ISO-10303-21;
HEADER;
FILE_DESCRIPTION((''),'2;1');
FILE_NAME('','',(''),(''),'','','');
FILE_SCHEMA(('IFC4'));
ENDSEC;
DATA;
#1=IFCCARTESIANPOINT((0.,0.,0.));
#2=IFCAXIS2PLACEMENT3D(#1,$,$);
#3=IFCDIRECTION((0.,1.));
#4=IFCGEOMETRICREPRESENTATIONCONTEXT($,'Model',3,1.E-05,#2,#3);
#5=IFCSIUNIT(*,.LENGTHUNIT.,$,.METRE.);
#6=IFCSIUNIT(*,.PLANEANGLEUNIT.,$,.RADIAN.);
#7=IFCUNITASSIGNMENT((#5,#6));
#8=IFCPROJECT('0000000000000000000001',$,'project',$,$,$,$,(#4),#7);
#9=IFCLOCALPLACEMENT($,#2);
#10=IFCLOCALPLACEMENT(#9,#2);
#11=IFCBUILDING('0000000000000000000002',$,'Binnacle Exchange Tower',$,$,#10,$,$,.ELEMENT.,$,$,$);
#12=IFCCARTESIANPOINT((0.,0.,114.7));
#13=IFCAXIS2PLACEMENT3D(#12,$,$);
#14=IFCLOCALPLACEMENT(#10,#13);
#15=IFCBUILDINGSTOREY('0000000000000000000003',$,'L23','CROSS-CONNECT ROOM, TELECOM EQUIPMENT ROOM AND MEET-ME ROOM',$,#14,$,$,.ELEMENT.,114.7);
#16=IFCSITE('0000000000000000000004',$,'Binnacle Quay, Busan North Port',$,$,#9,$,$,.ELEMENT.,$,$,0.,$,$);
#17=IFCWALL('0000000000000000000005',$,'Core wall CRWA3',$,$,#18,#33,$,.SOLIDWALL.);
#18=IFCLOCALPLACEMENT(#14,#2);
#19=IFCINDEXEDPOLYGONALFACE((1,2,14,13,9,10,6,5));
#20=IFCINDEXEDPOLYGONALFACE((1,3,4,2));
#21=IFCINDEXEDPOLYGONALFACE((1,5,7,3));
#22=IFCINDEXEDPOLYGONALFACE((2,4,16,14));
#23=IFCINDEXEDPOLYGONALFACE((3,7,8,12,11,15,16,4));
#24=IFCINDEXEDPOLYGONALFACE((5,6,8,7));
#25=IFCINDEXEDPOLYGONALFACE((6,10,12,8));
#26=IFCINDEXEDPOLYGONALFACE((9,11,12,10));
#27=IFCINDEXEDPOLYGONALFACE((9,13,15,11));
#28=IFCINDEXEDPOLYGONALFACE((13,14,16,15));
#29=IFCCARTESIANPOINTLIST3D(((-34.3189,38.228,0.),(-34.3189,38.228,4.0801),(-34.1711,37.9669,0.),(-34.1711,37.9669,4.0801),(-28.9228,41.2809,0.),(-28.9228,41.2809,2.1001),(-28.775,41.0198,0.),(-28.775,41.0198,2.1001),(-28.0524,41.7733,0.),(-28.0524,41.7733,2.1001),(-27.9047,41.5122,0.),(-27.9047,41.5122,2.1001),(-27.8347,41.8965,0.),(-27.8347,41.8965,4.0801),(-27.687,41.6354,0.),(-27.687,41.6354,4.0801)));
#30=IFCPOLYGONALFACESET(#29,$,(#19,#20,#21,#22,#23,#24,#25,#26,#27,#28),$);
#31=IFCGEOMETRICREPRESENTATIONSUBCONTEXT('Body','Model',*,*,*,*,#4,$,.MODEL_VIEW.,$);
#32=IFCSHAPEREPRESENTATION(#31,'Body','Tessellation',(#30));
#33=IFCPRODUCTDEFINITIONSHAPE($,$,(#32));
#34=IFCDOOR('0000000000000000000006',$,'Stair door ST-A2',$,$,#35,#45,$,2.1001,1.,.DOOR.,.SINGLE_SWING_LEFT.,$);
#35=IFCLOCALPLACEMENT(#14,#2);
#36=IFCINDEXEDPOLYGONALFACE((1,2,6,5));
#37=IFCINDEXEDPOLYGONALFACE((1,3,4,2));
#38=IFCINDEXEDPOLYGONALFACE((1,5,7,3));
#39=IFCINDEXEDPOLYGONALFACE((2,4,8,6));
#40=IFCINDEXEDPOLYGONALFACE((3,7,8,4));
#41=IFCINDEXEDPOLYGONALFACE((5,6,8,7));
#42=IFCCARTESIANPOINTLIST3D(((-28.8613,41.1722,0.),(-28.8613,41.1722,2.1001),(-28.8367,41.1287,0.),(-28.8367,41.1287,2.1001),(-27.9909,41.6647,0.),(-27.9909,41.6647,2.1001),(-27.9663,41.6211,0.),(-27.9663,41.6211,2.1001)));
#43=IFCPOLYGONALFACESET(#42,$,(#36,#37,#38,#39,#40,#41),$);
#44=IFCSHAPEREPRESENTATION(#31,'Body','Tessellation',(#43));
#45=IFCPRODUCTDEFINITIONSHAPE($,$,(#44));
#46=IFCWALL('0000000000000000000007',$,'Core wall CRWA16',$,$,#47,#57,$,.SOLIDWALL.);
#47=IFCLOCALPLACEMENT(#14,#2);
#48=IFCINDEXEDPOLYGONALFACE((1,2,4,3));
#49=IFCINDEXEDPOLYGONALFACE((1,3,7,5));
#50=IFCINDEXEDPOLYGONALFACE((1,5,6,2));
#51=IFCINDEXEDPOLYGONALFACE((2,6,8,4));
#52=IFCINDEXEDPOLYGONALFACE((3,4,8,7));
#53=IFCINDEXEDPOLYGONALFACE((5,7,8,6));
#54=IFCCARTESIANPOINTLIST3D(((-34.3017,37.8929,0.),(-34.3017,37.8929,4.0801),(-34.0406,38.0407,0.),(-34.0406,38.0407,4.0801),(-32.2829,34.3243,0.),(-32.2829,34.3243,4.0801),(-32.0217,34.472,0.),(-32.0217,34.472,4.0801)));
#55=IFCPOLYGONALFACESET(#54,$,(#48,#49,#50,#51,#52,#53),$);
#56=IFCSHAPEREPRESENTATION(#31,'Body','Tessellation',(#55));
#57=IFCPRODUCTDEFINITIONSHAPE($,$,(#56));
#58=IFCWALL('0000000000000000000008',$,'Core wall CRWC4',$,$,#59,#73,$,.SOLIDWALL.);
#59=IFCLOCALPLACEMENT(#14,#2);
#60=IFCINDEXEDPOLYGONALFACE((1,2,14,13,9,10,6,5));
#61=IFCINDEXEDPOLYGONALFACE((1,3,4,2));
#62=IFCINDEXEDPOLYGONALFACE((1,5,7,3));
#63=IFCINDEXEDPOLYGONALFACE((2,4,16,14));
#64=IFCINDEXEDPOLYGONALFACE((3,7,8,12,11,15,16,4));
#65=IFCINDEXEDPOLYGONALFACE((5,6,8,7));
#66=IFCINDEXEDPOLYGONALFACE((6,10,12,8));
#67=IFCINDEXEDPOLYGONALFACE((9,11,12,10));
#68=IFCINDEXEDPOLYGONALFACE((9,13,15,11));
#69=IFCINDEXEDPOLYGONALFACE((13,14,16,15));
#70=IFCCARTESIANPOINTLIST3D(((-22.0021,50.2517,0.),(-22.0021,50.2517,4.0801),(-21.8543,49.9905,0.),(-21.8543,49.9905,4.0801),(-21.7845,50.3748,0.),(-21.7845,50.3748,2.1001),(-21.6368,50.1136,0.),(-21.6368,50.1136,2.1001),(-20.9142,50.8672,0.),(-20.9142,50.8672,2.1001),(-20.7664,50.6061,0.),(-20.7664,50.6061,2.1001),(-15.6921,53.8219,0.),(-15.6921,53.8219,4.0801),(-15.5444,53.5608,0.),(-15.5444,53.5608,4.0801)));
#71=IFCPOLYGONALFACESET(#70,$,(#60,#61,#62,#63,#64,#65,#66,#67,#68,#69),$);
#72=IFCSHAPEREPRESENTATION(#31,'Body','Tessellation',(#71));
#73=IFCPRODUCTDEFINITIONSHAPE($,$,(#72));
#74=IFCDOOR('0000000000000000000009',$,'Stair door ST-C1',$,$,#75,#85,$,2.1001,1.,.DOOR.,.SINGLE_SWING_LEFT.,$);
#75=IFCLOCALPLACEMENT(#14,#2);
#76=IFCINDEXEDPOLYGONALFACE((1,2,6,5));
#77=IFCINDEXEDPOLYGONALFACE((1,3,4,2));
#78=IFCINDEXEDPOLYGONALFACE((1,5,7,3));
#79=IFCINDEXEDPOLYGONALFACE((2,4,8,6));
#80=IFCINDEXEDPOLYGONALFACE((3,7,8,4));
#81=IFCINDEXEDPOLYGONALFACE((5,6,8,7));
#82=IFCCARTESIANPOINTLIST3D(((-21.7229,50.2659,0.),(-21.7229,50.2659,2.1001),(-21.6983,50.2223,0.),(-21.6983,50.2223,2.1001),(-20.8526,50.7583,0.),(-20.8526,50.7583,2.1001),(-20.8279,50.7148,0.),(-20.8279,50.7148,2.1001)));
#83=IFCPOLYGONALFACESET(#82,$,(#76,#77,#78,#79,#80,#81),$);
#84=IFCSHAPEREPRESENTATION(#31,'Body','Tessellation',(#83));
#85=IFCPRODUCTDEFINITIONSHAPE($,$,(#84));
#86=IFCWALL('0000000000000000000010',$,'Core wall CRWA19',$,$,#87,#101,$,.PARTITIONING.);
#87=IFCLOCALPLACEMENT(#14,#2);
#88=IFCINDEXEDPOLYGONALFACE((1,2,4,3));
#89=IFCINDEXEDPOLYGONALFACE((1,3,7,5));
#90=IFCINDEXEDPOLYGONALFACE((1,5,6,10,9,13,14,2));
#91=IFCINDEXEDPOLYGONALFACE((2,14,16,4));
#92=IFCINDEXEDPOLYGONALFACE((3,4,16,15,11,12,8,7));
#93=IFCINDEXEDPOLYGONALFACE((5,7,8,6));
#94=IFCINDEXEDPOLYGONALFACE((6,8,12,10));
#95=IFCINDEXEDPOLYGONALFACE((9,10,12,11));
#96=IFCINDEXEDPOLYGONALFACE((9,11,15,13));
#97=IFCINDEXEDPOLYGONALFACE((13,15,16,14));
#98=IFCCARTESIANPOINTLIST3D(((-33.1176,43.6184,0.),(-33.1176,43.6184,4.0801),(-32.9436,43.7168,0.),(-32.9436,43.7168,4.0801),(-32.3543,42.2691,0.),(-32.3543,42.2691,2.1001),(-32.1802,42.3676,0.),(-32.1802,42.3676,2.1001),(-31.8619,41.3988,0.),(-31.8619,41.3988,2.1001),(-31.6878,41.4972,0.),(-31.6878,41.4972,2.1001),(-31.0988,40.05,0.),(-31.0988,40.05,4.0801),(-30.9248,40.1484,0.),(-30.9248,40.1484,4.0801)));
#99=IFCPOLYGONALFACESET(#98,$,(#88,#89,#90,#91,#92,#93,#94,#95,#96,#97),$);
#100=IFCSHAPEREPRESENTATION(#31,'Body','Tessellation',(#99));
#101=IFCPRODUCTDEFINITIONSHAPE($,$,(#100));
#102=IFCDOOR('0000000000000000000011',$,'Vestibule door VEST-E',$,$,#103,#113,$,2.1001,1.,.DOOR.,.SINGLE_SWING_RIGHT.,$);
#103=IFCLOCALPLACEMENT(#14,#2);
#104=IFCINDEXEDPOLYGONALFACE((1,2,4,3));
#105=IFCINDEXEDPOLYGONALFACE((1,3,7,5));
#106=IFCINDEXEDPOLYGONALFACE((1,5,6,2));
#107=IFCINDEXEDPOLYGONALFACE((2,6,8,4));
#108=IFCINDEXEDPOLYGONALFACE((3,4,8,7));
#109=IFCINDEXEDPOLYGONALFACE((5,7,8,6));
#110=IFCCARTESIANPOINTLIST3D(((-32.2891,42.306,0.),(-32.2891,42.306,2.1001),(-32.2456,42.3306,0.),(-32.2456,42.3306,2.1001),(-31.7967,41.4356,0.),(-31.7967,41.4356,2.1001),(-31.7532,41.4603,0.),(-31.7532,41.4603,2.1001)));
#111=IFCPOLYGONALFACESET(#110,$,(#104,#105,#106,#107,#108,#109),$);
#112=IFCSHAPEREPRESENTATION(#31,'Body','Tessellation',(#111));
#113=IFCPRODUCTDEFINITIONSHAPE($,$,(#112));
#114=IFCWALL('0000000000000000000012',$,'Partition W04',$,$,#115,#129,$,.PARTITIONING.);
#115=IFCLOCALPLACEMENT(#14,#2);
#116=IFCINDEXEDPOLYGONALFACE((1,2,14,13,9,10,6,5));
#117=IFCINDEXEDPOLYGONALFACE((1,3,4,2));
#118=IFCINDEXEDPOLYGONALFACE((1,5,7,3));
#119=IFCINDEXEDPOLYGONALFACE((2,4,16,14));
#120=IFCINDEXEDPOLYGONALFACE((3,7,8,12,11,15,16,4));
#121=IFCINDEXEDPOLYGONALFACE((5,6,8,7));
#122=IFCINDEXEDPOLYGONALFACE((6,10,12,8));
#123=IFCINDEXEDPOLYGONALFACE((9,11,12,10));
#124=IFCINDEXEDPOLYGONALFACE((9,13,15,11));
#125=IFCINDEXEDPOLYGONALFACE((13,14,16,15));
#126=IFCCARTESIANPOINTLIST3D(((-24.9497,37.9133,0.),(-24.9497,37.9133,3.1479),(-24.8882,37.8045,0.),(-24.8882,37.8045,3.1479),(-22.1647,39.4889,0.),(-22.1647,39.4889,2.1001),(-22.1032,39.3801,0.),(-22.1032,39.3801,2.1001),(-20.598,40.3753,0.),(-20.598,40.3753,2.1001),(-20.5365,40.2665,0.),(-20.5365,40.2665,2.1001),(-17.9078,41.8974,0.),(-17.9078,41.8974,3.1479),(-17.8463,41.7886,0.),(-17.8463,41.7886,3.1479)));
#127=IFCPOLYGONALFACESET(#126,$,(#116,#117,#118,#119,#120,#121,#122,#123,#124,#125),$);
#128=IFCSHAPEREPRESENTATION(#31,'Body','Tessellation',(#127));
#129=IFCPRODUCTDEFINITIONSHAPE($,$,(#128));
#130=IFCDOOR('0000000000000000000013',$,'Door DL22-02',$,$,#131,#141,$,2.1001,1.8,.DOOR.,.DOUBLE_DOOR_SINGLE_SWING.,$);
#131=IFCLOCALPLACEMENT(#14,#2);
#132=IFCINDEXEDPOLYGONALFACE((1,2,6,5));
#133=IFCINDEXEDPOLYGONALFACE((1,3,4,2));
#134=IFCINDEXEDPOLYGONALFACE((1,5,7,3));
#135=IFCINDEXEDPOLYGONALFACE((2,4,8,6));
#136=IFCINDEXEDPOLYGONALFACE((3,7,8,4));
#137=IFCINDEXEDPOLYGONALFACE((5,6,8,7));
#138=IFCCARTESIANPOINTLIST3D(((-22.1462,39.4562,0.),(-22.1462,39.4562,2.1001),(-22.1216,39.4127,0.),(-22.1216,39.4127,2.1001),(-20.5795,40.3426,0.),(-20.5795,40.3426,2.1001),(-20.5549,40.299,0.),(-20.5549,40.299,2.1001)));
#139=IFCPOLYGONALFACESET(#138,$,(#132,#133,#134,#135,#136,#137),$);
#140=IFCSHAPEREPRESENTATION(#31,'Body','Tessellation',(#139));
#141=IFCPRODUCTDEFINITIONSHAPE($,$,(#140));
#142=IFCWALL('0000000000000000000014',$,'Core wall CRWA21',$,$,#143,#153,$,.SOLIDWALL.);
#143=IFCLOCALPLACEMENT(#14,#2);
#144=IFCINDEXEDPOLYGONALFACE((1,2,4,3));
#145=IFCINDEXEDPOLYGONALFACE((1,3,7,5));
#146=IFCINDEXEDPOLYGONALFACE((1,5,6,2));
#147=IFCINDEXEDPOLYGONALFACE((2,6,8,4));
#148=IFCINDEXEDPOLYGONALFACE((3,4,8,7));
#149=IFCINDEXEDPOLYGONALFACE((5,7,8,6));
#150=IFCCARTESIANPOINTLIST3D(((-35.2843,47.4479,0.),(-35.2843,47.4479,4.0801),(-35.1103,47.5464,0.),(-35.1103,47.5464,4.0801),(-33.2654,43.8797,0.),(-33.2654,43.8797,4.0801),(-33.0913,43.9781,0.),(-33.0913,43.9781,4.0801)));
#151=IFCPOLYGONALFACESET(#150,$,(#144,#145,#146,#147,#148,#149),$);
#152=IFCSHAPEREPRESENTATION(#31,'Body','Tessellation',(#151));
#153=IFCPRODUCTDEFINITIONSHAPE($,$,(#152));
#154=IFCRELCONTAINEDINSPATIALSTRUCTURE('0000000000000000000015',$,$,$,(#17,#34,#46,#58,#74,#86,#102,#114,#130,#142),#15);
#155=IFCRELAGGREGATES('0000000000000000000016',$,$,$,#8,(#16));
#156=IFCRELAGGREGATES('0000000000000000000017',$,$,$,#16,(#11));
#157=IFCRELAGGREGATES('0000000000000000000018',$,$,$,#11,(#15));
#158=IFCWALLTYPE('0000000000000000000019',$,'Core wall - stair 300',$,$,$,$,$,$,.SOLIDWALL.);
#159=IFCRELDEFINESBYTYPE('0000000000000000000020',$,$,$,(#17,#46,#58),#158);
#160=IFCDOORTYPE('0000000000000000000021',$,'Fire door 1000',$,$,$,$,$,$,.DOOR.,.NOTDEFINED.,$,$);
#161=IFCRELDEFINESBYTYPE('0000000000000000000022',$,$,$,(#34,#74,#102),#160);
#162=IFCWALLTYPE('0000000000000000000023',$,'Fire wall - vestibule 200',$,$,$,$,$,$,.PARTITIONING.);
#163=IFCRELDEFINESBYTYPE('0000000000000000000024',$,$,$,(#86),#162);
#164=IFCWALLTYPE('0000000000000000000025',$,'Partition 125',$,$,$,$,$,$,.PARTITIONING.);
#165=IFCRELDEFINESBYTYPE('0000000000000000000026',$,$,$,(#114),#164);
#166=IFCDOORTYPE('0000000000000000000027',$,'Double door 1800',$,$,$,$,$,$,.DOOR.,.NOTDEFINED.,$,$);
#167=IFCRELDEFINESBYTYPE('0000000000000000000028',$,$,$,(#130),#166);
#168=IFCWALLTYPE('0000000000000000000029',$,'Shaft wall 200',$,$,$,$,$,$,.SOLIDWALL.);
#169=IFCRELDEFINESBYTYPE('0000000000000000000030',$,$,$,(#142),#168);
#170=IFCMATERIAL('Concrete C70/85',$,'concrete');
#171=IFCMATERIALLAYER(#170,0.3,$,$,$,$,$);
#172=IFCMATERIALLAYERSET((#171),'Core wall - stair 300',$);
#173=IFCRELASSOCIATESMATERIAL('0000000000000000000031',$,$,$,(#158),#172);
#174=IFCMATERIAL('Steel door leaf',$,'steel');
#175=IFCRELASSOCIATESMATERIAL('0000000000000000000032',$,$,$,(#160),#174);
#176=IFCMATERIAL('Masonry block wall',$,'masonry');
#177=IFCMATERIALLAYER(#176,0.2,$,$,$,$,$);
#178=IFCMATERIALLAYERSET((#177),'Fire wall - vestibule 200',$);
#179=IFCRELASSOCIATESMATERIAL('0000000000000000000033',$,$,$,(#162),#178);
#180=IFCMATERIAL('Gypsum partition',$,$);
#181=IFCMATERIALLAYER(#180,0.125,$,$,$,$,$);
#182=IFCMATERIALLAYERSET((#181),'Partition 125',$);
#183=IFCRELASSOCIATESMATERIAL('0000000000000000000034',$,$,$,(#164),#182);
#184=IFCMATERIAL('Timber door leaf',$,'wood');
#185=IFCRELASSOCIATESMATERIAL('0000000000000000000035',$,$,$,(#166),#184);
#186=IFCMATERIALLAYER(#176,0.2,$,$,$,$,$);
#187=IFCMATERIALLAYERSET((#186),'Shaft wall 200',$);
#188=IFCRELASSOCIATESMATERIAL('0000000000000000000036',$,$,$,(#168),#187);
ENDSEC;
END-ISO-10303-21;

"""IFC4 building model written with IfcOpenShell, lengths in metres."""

from ifc_helpers import new_model, si_unit, direction, frame, frame_2d, origin, place, context, subcontext, project, spatial, rectangle, extrude, material, layer, layer_set, type_object, element, fill, save


model = new_model("IFC4")

# Units and contexts
model_context = context("Model", 3, precision=1e-05, world=origin(), true_north=direction((0.0, 1.0)))
body_context = subcontext(model_context, "Body", "Model", "MODEL_VIEW")
ifc_project = project(units=[si_unit("LENGTHUNIT", "METRE"), si_unit("PLANEANGLEUNIT", "RADIAN")], contexts=[model_context])

# Site, building, storey
site_placement = place(None, origin())
site = spatial("IfcSite", under=ifc_project, at=site_placement, Name="Binnacle Quay, Busan North Port", CompositionType="ELEMENT", RefElevation=0.0)
building_placement = place(site_placement, origin())
building = spatial("IfcBuilding", under=site, at=building_placement, Name="Binnacle Exchange Tower", CompositionType="ELEMENT")
storey_placement = place(building_placement, frame((0.0, 0.0, 114.7)))
storey = spatial("IfcBuildingStorey", under=building, at=storey_placement, Name="L23", Description="CROSS-CONNECT ROOM, TELECOM EQUIPMENT ROOM AND MEET-ME ROOM", CompositionType="ELEMENT", Elevation=114.7)

# Shared definitions
ifc_material_1 = material(Name="Concrete C70/85", Category="concrete")

# Wall, opening, door
ifc_layer_1 = layer(ifc_material_1, 0.3)
ifc_layer_set_1 = layer_set([ifc_layer_1], Name="Core wall - stair 300")
wall_type_1 = type_object("IfcWallType", Name="Core wall - stair 300", PredefinedType="SOLIDWALL", material=ifc_layer_set_1)
wall_1_placement = place(storey_placement, frame((-34.2451, 38.0974, 0.0), z_axis=(0.0, 0.0, 1.0), x_axis=(0.870361, 0.492415, 0.0)))
wall_1 = element("IfcWall", 1, at=wall_1_placement, inside=storey, type_object=wall_type_1, Name="Core wall CRWA3", PredefinedType="SOLIDWALL", context=body_context, shape_type="SweptSolid", body=[
    extrude(rectangle(XDim=7.45, YDim=0.3, at=frame_2d((3.7251, 0.0))), origin(), (0.0, 0.0, 1.0), 4.0801),
])
opening_1_placement = place(wall_1_placement, frame((6.2, 0.0, 0.0)))
opening_1 = element("IfcOpeningElement", 2, at=opening_1_placement, cuts=wall_1, PredefinedType="OPENING", context=body_context, shape_type="SweptSolid", body=[
    extrude(rectangle(XDim=1.0, YDim=2.1001, at=frame_2d((0.5, 1.05))), frame((0.0, 0.1599, 0.0), z_axis=(0.0, -1.0, 0.0), x_axis=(1.0, 0.0, 0.0)), (0.0, 0.0, 1.0), 0.3201),
])
ifc_material_2 = material(Name="Steel door leaf", Category="steel")
door_type_1 = type_object("IfcDoorType", Name="Fire door 1000", OperationType="NOTDEFINED", PredefinedType="DOOR", material=ifc_material_2)
door_1_placement = place(opening_1_placement, frame((1.0, 0.0, 0.0), z_axis=(0.0, 0.0, 1.0), x_axis=(-1.0, 0.0, 0.0)))
door_1 = element("IfcDoor", 3, at=door_1_placement, inside=storey, type_object=door_type_1, Name="Stair door ST-A2", OperationType="SINGLE_SWING_LEFT", OverallHeight=2.1001, OverallWidth=1.0, PredefinedType="DOOR", context=body_context, shape_type="SweptSolid", body=[
    extrude(rectangle(XDim=1.0, YDim=2.1001, at=frame_2d((0.5, 1.05))), frame((0.0, 0.0249, 0.0), z_axis=(0.0, -1.0, 0.0), x_axis=(1.0, 0.0, 0.0)), (0.0, 0.0, 1.0), 0.05),
])
fill(opening_1, door_1)

# Wall
wall_2_placement = place(storey_placement, frame((-34.1711, 37.9668, 0.0), z_axis=(0.0, 0.0, 1.0), x_axis=(0.492383, -0.870379, 0.0)))
element("IfcWall", 4, at=wall_2_placement, inside=storey, type_object=wall_type_1, Name="Core wall CRWA16", PredefinedType="SOLIDWALL", context=body_context, shape_type="SweptSolid", body=[
    extrude(rectangle(XDim=4.1001, YDim=0.3, at=frame_2d((2.05, 0.0))), origin(), (0.0, 0.0, 1.0), 4.0801),
])

# Walls, openings, doors
wall_3_placement = place(storey_placement, frame((-21.9282, 50.1211, 0.0), z_axis=(0.0, 0.0, 1.0), x_axis=(0.870341, 0.49245, 0.0)))
wall_3 = element("IfcWall", 5, at=wall_3_placement, inside=storey, type_object=wall_type_1, Name="Core wall CRWC4", PredefinedType="SOLIDWALL", context=body_context, shape_type="SweptSolid", body=[
    extrude(rectangle(XDim=7.25, YDim=0.3, at=frame_2d((3.625, 0.0))), origin(), (0.0, 0.0, 1.0), 4.0801),
])
opening_2_placement = place(wall_3_placement, frame((0.25, 0.0, 0.0)))
opening_2 = element("IfcOpeningElement", 6, at=opening_2_placement, cuts=wall_3, PredefinedType="OPENING", context=body_context, shape_type="SweptSolid", body=[
    extrude(rectangle(XDim=1.0, YDim=2.1001, at=frame_2d((0.5, 1.05))), frame((0.0, 0.1599, 0.0), z_axis=(0.0, -1.0, 0.0), x_axis=(1.0, 0.0, 0.0)), (0.0, 0.0, 1.0), 0.3201),
])
door_2_placement = place(opening_2_placement, origin())
door_2 = element("IfcDoor", 7, at=door_2_placement, inside=storey, type_object=door_type_1, Name="Stair door ST-C1", OperationType="SINGLE_SWING_LEFT", OverallHeight=2.1001, OverallWidth=1.0, PredefinedType="DOOR", context=body_context, shape_type="SweptSolid", body=[
    extrude(rectangle(XDim=1.0, YDim=2.1001, at=frame_2d((0.5, 1.05))), frame((0.0, 0.0249, 0.0), z_axis=(0.0, -1.0, 0.0), x_axis=(1.0, 0.0, 0.0)), (0.0, 0.0, 1.0), 0.05),
])
fill(opening_2, door_2)
ifc_material_3 = material(Name="Masonry block wall", Category="masonry")
ifc_layer_2 = layer(ifc_material_3, 0.2)
ifc_layer_set_2 = layer_set([ifc_layer_2], Name="Fire wall - vestibule 200")
wall_type_2 = type_object("IfcWallType", Name="Fire wall - vestibule 200", PredefinedType="PARTITIONING", material=ifc_layer_set_2)
wall_4_placement = place(storey_placement, frame((-33.0305, 43.6675, 0.0), z_axis=(0.0, 0.0, 1.0), x_axis=(0.492408, -0.870364, 0.0)))
wall_4 = element("IfcWall", 8, at=wall_4_placement, inside=storey, type_object=wall_type_2, Name="Core wall CRWA19", PredefinedType="PARTITIONING", context=body_context, shape_type="SweptSolid", body=[
    extrude(rectangle(XDim=4.0999, YDim=0.2, at=frame_2d((2.0498, 0.0))), origin(), (0.0, 0.0, 1.0), 4.0801),
])
opening_3_placement = place(wall_4_placement, frame((1.55, 0.0, 0.0)))
opening_3 = element("IfcOpeningElement", 9, at=opening_3_placement, cuts=wall_4, PredefinedType="OPENING", context=body_context, shape_type="SweptSolid", body=[
    extrude(rectangle(XDim=1.0, YDim=2.1001, at=frame_2d((0.5, 1.05))), frame((0.0, 0.1099, 0.0), z_axis=(0.0, -1.0, 0.0), x_axis=(1.0, 0.0, 0.0)), (0.0, 0.0, 1.0), 0.22),
])
door_3_placement = place(opening_3_placement, origin())
door_3 = element("IfcDoor", 10, at=door_3_placement, inside=storey, type_object=door_type_1, Name="Vestibule door VEST-E", OperationType="SINGLE_SWING_RIGHT", OverallHeight=2.1001, OverallWidth=1.0, PredefinedType="DOOR", context=body_context, shape_type="SweptSolid", body=[
    extrude(rectangle(XDim=1.0, YDim=2.1001, at=frame_2d((0.5, 1.05))), frame((0.0, 0.0249, 0.0), z_axis=(0.0, -1.0, 0.0), x_axis=(1.0, 0.0, 0.0)), (0.0, 0.0, 1.0), 0.05),
])
fill(opening_3, door_3)
ifc_material_4 = material(Name="Gypsum partition")
ifc_layer_3 = layer(ifc_material_4, 0.125)
ifc_layer_set_3 = layer_set([ifc_layer_3], Name="Partition 125")
wall_type_3 = type_object("IfcWallType", Name="Partition 125", PredefinedType="PARTITIONING", material=ifc_layer_set_3)
wall_5_placement = place(storey_placement, frame((-24.9189, 37.8589, 0.0), z_axis=(0.0, 0.0, 1.0), x_axis=(0.870358, 0.49242, 0.0)))
wall_5 = element("IfcWall", 11, at=wall_5_placement, inside=storey, type_object=wall_type_3, Name="Partition W04", PredefinedType="PARTITIONING", context=body_context, shape_type="SweptSolid", body=[
    extrude(rectangle(XDim=8.0908, YDim=0.125, at=frame_2d((4.0454, 0.0))), origin(), (0.0, 0.0, 1.0), 3.1479),
])
opening_4_placement = place(wall_5_placement, frame((3.2, 0.0, 0.0)))
opening_4 = element("IfcOpeningElement", 12, at=opening_4_placement, cuts=wall_5, PredefinedType="OPENING", context=body_context, shape_type="SweptSolid", body=[
    extrude(rectangle(XDim=1.8, YDim=2.1001, at=frame_2d((0.8999, 1.05))), frame((0.0, 0.0725, 0.0), z_axis=(0.0, -1.0, 0.0), x_axis=(1.0, 0.0, 0.0)), (0.0, 0.0, 1.0), 0.145),
])
ifc_material_5 = material(Name="Timber door leaf", Category="wood")
door_type_2 = type_object("IfcDoorType", Name="Double door 1800", OperationType="NOTDEFINED", PredefinedType="DOOR", material=ifc_material_5)
door_4_placement = place(opening_4_placement, origin())
door_4 = element("IfcDoor", 13, at=door_4_placement, inside=storey, type_object=door_type_2, Name="Door DL22-02", OperationType="DOUBLE_DOOR_SINGLE_SWING", OverallHeight=2.1001, OverallWidth=1.8, PredefinedType="DOOR", context=body_context, shape_type="SweptSolid", body=[
    extrude(rectangle(XDim=1.8, YDim=2.1001, at=frame_2d((0.8999, 1.05))), frame((0.0, 0.0249, 0.0), z_axis=(0.0, -1.0, 0.0), x_axis=(1.0, 0.0, 0.0)), (0.0, 0.0, 1.0), 0.05),
])
fill(opening_4, door_4)

# Wall
ifc_layer_4 = layer(ifc_material_3, 0.2)
ifc_layer_set_4 = layer_set([ifc_layer_4], Name="Shaft wall 200")
wall_type_4 = type_object("IfcWallType", Name="Shaft wall 200", PredefinedType="SOLIDWALL", material=ifc_layer_set_4)
wall_6_placement = place(storey_placement, frame((-35.1973, 47.4971, 0.0), z_axis=(0.0, 0.0, 1.0), x_axis=(0.492454, -0.870339, 0.0)))
element("IfcWall", 14, at=wall_6_placement, inside=storey, type_object=wall_type_4, Name="Core wall CRWA21", PredefinedType="SOLIDWALL", context=body_context, shape_type="SweptSolid", body=[
    extrude(rectangle(XDim=4.0999, YDim=0.2, at=frame_2d((2.0498, 0.0))), origin(), (0.0, 0.0, 1.0), 4.0801),
])

save(model, "model.ifc")
